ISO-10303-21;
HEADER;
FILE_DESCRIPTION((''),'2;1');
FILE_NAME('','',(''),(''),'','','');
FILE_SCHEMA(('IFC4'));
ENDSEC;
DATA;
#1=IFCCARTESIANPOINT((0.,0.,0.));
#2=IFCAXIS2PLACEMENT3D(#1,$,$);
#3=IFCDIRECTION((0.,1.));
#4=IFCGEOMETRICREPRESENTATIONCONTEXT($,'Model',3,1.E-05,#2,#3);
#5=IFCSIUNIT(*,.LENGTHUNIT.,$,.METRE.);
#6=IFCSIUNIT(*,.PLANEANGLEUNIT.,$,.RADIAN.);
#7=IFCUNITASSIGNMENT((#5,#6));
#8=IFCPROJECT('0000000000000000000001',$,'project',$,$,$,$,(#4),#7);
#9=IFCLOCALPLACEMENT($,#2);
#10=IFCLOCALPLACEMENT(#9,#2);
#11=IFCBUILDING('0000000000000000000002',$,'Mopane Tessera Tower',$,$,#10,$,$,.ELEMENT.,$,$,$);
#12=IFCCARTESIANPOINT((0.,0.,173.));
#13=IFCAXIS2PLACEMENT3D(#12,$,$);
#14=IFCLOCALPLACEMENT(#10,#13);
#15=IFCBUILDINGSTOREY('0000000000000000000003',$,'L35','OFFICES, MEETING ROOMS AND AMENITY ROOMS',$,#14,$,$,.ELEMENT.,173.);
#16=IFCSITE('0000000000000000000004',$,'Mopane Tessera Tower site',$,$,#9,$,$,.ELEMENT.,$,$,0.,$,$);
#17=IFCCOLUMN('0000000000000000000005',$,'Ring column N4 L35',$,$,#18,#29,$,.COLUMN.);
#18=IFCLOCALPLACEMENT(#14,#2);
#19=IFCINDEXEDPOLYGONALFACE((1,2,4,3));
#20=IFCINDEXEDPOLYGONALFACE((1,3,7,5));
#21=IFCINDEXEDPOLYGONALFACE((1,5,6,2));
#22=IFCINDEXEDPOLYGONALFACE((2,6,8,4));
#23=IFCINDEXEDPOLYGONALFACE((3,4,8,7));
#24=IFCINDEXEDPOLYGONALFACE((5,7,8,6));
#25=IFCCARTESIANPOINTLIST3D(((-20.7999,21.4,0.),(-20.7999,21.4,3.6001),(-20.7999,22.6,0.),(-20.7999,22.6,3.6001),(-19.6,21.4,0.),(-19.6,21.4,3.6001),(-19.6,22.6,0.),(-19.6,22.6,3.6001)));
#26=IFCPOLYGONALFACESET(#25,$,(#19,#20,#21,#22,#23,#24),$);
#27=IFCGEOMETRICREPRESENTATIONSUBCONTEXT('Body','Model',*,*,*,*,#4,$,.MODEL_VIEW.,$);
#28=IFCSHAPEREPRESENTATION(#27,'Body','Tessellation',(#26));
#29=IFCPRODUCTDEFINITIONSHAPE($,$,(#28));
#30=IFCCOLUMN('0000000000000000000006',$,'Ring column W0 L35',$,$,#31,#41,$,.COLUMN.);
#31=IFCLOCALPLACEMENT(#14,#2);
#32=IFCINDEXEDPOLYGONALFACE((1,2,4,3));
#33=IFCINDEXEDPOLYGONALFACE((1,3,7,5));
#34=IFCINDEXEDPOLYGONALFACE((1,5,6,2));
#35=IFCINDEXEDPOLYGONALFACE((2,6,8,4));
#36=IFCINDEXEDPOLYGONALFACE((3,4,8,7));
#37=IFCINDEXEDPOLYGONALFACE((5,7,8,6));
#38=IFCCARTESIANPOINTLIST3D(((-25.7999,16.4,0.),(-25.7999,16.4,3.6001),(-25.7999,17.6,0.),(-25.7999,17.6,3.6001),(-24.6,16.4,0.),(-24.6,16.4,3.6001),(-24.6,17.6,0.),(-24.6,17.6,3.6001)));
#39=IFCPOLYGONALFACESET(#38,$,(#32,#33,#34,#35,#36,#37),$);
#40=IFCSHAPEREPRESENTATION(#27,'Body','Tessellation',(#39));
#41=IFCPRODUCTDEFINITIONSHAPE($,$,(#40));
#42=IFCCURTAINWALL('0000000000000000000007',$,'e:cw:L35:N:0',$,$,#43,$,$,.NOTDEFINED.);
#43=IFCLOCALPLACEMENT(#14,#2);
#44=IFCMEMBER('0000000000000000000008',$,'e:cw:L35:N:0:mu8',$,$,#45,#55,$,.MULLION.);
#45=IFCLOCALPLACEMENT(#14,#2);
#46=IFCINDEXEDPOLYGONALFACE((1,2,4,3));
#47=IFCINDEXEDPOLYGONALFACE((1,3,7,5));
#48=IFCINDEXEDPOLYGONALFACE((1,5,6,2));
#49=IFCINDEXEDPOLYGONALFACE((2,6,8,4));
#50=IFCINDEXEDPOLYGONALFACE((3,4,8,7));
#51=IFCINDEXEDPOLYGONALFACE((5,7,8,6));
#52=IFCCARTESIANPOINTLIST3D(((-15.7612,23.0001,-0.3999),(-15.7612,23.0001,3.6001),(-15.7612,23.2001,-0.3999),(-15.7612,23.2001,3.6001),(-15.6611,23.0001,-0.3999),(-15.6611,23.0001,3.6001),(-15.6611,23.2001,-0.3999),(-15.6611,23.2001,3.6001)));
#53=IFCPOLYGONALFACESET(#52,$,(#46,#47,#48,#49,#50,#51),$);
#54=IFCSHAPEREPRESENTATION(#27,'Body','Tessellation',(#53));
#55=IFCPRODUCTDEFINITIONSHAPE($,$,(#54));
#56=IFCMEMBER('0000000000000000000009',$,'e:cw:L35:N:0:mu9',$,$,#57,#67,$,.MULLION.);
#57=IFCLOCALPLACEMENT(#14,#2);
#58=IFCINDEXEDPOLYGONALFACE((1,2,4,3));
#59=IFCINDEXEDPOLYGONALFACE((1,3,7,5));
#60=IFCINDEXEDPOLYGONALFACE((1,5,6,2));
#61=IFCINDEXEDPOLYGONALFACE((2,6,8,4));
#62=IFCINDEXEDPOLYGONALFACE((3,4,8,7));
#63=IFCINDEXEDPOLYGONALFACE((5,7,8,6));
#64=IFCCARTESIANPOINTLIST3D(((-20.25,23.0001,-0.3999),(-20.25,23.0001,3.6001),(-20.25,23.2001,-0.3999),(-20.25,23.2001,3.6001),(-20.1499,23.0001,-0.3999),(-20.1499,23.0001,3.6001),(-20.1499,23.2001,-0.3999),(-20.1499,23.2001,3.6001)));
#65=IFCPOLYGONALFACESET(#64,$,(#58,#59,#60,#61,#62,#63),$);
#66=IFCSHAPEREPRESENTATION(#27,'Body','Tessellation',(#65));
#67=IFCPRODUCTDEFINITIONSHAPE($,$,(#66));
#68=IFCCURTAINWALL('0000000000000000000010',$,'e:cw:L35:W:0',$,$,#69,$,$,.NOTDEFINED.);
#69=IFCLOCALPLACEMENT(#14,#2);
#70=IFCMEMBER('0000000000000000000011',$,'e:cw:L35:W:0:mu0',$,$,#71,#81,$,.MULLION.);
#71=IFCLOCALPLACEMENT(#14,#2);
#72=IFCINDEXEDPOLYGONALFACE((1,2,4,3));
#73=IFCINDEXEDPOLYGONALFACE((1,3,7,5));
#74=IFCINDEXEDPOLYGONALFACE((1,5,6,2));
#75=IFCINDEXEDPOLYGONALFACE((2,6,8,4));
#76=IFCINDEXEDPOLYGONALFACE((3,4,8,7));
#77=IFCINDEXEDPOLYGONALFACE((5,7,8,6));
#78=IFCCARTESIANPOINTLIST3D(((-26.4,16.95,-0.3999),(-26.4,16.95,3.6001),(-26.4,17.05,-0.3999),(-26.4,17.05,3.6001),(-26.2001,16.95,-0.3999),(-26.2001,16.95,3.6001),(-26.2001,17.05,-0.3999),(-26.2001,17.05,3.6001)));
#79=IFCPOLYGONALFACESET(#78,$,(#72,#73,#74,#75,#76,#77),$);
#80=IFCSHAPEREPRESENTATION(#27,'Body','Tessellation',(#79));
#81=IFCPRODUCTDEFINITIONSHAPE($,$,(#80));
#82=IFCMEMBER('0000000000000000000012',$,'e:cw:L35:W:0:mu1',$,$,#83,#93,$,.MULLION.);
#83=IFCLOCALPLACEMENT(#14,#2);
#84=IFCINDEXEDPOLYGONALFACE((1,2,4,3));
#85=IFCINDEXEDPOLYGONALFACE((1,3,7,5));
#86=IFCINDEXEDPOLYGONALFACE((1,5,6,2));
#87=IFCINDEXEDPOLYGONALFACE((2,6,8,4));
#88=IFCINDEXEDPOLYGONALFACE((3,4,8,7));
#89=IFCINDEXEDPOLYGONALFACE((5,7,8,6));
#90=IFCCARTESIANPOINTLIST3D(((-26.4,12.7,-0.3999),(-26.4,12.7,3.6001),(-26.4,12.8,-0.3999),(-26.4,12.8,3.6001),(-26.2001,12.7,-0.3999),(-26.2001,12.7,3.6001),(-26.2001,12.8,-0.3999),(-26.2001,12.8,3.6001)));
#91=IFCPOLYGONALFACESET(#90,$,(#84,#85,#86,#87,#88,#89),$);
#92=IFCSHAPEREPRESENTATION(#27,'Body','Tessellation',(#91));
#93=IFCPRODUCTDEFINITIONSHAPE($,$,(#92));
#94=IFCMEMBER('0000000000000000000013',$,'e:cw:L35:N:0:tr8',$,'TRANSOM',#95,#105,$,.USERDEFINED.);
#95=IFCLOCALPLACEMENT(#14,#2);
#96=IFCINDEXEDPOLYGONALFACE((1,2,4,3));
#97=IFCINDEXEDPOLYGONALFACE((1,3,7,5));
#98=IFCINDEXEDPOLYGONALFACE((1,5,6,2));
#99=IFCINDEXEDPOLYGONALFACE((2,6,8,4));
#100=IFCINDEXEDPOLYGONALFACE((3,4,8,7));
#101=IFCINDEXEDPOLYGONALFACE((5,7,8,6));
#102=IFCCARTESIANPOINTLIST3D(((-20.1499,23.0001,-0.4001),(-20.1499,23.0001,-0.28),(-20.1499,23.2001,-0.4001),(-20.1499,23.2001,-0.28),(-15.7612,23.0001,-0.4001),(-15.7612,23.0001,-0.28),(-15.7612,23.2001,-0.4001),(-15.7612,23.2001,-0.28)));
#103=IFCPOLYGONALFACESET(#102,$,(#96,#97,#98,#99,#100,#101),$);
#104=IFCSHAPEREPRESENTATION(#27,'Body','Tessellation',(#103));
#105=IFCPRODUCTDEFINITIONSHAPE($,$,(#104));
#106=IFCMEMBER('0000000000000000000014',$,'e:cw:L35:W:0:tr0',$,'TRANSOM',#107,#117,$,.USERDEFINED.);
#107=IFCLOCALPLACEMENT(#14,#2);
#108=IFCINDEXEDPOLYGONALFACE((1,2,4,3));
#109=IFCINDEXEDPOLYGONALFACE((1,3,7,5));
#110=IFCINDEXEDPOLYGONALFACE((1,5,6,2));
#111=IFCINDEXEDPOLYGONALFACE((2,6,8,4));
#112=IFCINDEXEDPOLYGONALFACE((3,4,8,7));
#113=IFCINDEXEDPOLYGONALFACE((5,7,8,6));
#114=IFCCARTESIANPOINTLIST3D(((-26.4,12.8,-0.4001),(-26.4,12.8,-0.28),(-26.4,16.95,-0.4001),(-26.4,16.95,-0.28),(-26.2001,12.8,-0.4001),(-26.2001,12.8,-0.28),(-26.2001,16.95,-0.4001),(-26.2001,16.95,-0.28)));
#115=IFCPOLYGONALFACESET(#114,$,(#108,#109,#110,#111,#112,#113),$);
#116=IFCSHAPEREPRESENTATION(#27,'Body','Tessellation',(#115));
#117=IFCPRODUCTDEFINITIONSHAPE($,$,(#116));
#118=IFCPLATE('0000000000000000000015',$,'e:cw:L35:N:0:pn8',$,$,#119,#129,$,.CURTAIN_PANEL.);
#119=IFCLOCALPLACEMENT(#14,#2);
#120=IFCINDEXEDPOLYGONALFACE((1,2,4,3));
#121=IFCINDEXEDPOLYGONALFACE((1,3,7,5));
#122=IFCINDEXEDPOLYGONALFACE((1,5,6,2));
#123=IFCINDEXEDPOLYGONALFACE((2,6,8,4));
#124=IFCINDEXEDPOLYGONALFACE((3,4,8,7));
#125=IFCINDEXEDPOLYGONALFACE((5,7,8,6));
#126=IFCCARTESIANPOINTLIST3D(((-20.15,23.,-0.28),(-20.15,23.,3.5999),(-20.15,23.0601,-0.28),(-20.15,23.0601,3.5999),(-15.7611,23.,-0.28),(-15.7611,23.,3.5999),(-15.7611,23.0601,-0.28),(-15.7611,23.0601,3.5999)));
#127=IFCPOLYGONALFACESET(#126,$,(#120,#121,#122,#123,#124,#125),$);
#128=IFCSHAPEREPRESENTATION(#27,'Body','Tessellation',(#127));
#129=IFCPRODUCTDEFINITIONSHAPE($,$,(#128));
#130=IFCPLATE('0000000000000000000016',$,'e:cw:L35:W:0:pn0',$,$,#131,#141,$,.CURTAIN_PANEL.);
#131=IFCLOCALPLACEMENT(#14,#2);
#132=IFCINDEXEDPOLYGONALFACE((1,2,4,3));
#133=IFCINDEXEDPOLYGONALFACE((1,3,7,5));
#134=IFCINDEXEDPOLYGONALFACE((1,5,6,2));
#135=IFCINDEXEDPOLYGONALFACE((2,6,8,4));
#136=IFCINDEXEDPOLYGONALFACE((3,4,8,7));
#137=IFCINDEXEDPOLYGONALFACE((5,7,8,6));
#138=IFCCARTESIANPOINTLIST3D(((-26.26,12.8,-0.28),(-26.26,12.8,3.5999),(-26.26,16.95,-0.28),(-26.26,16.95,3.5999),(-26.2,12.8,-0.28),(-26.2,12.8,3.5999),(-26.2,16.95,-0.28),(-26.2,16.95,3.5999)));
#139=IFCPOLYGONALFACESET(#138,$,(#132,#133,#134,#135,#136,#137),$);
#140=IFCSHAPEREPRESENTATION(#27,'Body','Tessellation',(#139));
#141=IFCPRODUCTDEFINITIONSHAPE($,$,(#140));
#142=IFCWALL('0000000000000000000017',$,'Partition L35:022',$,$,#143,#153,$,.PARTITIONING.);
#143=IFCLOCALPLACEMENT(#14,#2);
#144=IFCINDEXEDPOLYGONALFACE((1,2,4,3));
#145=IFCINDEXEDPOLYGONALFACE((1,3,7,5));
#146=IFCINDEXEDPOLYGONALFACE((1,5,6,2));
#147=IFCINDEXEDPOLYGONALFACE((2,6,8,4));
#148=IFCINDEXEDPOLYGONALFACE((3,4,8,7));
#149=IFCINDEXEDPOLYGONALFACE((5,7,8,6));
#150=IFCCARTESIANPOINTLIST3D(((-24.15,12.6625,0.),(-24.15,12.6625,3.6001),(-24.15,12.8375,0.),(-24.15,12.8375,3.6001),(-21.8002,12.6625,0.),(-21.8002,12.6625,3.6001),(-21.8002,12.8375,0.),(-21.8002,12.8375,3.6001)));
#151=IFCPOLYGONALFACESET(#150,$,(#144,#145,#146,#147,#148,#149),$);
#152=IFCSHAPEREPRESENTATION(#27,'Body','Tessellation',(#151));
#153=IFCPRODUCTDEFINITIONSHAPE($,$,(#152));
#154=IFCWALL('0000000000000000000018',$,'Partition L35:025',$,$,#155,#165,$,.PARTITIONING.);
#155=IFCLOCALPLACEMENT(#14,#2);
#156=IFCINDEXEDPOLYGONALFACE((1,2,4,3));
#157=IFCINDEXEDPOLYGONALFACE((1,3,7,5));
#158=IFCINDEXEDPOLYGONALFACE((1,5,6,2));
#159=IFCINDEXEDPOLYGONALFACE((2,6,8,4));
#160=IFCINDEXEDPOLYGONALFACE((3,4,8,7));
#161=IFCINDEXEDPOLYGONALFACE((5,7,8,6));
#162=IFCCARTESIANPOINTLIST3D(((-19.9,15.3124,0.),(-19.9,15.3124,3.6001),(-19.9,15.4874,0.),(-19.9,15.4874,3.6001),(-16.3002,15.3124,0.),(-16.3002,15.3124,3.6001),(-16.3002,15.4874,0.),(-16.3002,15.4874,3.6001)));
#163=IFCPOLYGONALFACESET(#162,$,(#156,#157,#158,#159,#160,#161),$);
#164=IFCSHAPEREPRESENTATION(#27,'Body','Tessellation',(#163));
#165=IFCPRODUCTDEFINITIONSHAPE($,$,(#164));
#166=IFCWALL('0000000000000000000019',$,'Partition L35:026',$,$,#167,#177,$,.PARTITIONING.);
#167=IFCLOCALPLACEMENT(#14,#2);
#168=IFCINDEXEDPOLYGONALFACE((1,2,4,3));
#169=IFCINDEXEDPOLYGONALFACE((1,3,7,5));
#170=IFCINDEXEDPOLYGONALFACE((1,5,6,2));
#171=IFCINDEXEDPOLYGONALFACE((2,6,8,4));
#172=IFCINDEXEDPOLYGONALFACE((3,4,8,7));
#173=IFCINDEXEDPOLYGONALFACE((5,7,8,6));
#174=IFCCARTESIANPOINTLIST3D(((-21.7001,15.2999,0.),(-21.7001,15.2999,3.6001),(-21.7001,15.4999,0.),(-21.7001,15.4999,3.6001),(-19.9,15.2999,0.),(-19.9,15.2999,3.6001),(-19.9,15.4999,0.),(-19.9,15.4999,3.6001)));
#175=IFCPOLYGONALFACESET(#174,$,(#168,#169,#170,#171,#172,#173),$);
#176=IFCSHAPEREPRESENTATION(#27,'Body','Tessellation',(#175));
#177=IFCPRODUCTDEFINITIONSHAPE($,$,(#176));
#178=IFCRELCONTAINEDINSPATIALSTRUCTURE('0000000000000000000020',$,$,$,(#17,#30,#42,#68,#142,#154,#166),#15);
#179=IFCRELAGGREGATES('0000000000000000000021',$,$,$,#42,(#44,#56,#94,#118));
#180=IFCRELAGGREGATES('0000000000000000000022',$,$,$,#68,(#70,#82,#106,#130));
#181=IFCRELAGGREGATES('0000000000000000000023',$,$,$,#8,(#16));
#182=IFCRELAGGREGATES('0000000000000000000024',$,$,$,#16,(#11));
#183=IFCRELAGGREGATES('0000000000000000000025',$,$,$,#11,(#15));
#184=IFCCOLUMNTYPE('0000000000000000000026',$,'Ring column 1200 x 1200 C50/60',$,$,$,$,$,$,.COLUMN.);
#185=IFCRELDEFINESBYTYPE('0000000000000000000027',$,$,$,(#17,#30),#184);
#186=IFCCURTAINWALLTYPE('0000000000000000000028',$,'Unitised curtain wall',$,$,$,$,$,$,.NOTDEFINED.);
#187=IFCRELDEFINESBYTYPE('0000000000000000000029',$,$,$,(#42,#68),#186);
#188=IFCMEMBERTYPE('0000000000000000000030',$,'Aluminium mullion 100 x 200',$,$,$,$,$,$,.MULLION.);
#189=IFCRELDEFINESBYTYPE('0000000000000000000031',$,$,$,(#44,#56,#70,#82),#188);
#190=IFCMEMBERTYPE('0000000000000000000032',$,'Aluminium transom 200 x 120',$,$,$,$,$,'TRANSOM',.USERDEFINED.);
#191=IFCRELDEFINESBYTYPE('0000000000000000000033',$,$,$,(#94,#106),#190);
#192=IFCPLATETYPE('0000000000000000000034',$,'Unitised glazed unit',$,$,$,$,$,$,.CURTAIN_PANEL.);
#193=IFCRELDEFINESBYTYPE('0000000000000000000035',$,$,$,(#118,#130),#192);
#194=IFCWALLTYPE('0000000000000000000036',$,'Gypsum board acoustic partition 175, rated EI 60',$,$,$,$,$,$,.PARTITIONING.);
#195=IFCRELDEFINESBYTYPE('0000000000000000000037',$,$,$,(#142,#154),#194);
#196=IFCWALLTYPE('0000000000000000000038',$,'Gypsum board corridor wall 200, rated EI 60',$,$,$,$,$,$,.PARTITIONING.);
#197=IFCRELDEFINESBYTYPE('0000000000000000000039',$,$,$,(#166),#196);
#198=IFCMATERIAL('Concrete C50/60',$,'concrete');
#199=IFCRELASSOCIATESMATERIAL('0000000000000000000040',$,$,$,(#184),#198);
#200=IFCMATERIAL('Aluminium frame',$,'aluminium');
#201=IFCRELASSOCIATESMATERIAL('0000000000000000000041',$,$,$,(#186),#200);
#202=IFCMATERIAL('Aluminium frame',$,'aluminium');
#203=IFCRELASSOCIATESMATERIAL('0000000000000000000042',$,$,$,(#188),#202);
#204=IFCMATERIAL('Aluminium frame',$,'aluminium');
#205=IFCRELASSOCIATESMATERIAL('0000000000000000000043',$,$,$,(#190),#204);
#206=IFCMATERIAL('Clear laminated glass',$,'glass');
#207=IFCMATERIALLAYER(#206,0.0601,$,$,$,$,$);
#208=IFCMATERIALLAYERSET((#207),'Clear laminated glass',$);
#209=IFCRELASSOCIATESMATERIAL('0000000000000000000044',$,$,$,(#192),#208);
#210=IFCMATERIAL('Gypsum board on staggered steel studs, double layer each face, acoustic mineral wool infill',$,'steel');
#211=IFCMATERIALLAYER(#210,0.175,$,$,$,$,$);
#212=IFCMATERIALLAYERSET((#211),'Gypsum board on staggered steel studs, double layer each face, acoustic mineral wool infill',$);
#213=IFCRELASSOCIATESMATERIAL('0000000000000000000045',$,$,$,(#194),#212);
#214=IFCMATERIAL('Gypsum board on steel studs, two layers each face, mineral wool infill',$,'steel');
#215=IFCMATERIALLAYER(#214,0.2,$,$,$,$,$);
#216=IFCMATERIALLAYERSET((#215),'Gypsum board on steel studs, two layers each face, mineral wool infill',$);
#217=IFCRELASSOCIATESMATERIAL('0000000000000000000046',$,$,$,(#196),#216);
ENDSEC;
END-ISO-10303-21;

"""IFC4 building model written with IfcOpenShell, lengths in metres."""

from ifc_helpers import new_model, si_unit, direction, frame, frame_2d, origin, origin_2d, place, context, subcontext, project, spatial, rectangle, extrude, material, layer, layer_set, material_profile, profile_set, type_object, element, aggregate, save


model = new_model("IFC4")

# Units and contexts
model_context = context("Model", 3, precision=1e-05, world=origin(), true_north=direction((0.0, 1.0)))
body_context = subcontext(model_context, "Body", "Model", "MODEL_VIEW")
ifc_project = project(units=[si_unit("LENGTHUNIT", "METRE"), si_unit("PLANEANGLEUNIT", "RADIAN")], contexts=[model_context])

# Site, building, storey
site_placement = place(None, origin())
site = spatial("IfcSite", under=ifc_project, at=site_placement, Name="Mopane Tessera Tower site", CompositionType="ELEMENT", RefElevation=0.0)
building_placement = place(site_placement, origin())
building = spatial("IfcBuilding", under=site, at=building_placement, Name="Mopane Tessera Tower", CompositionType="ELEMENT")
storey_placement = place(building_placement, frame((0.0, 0.0, 173.0)))
storey = spatial("IfcBuildingStorey", under=building, at=storey_placement, Name="L35", Description="OFFICES, MEETING ROOMS AND AMENITY ROOMS", CompositionType="ELEMENT", Elevation=173.0)

# Columns
ifc_material_1 = material(Name="Concrete C50/60", Category="concrete")
ifc_material_profile_1 = material_profile(ifc_material_1, rectangle(XDim=1.2, YDim=1.2, at=origin_2d()))
ifc_profile_set_1 = profile_set([ifc_material_profile_1], Name="Concrete C50/60")
column_type = type_object("IfcColumnType", Name="Ring column 1200 x 1200 C50/60", PredefinedType="COLUMN", material=ifc_profile_set_1)
for number, where, z_axis, x_axis, name in (
    (1, (-20.2, 22.0, 0.0), (0.0, 0.0, 1.0), (1.0, 0.0, 0.0), "Ring column N4 L35"),
    (2, (-25.2, 17.0, 0.0), (0.0, 0.0, 1.0), (1.0, 0.0, 0.0), "Ring column W0 L35"),
):
    element("IfcColumn", number, at=place(storey_placement, frame(where, z_axis=z_axis, x_axis=x_axis)), inside=storey, type_object=column_type, Name=name, PredefinedType="COLUMN", context=body_context, shape_type="SweptSolid", body=[
        extrude(rectangle(XDim=1.2, YDim=1.2, at=origin_2d()), origin(), (0.0, 0.0, 1.0), 3.6001),
    ])

# Curtain walls, members
ifc_material_2 = material(Name="Aluminium frame", Category="aluminium")
curtain_wall_type = type_object("IfcCurtainWallType", Name="Unitised curtain wall", PredefinedType="NOTDEFINED", material=ifc_material_2)
curtain_wall_1_placement = place(storey_placement, origin())
curtain_wall_1 = element("IfcCurtainWall", 3, at=curtain_wall_1_placement, inside=storey, type_object=curtain_wall_type, Name="e:cw:L35:N:0", PredefinedType="NOTDEFINED")
ifc_material_3 = material(Name="Aluminium frame", Category="aluminium")
ifc_material_profile_2 = material_profile(ifc_material_3, rectangle(XDim=0.1001, YDim=0.2, at=origin_2d()))
ifc_profile_set_2 = profile_set([ifc_material_profile_2], Name="Aluminium frame")
member_type_1 = type_object("IfcMemberType", Name="Aluminium mullion 100 x 200", PredefinedType="MULLION", material=ifc_profile_set_2)
member_1_placement = place(storey_placement, frame((-15.7112, 23.1001, -0.3999), z_axis=(0.0, 0.0, 1.0), x_axis=(-1.0, 0.0, 0.0)))
member_1 = element("IfcMember", 4, at=member_1_placement, type_object=member_type_1, Name="e:cw:L35:N:0:mu8", PredefinedType="MULLION", context=body_context, shape_type="SweptSolid", body=[
    extrude(rectangle(XDim=0.1001, YDim=0.2, at=origin_2d()), origin(), (0.0, 0.0, 1.0), 4.0),
])
member_2_placement = place(storey_placement, frame((-20.2, 23.1001, -0.3999), z_axis=(0.0, 0.0, 1.0), x_axis=(-1.0, 0.0, 0.0)))
member_2 = element("IfcMember", 5, at=member_2_placement, type_object=member_type_1, Name="e:cw:L35:N:0:mu9", PredefinedType="MULLION", context=body_context, shape_type="SweptSolid", body=[
    extrude(rectangle(XDim=0.1001, YDim=0.2, at=origin_2d()), origin(), (0.0, 0.0, 1.0), 4.0),
])
curtain_wall_2_placement = place(storey_placement, origin())
curtain_wall_2 = element("IfcCurtainWall", 6, at=curtain_wall_2_placement, inside=storey, type_object=curtain_wall_type, Name="e:cw:L35:W:0", PredefinedType="NOTDEFINED")
member_3_placement = place(storey_placement, frame((-26.3, 17.0, -0.3999), z_axis=(0.0, 0.0, 1.0), x_axis=(0.0, -1.0, 0.0)))
member_3 = element("IfcMember", 7, at=member_3_placement, type_object=member_type_1, Name="e:cw:L35:W:0:mu0", PredefinedType="MULLION", context=body_context, shape_type="SweptSolid", body=[
    extrude(rectangle(XDim=0.1001, YDim=0.2, at=origin_2d()), origin(), (0.0, 0.0, 1.0), 4.0),
])
member_4_placement = place(storey_placement, frame((-26.3, 12.75, -0.3999), z_axis=(0.0, 0.0, 1.0), x_axis=(0.0, -1.0, 0.0)))
member_4 = element("IfcMember", 8, at=member_4_placement, type_object=member_type_1, Name="e:cw:L35:W:0:mu1", PredefinedType="MULLION", context=body_context, shape_type="SweptSolid", body=[
    extrude(rectangle(XDim=0.1001, YDim=0.2, at=origin_2d()), origin(), (0.0, 0.0, 1.0), 4.0),
])

# Members
ifc_material_4 = material(Name="Aluminium frame", Category="aluminium")
ifc_material_profile_3 = material_profile(ifc_material_4, rectangle(XDim=0.2, YDim=0.1201, at=origin_2d()))
ifc_profile_set_3 = profile_set([ifc_material_profile_3], Name="Aluminium frame")
member_type_2 = type_object("IfcMemberType", Name="Aluminium transom 200 x 120", ElementType="TRANSOM", PredefinedType="USERDEFINED", material=ifc_profile_set_3)
member_5_placement = place(storey_placement, frame((-15.7612, 23.1001, -0.3401), z_axis=(-1.0, 0.0, 0.0), x_axis=(0.0, -1.0, 0.0)))
member_5 = element("IfcMember", 9, at=member_5_placement, type_object=member_type_2, Name="e:cw:L35:N:0:tr8", ObjectType="TRANSOM", PredefinedType="USERDEFINED", context=body_context, shape_type="SweptSolid", body=[
    extrude(rectangle(XDim=0.2, YDim=0.1201, at=origin_2d()), origin(), (0.0, 0.0, 1.0), 4.3887),
])
member_6_placement = place(storey_placement, frame((-26.3, 16.95, -0.3401), z_axis=(0.0, -1.0, 0.0), x_axis=(1.0, 0.0, 0.0)))
member_6 = element("IfcMember", 10, at=member_6_placement, type_object=member_type_2, Name="e:cw:L35:W:0:tr0", ObjectType="TRANSOM", PredefinedType="USERDEFINED", context=body_context, shape_type="SweptSolid", body=[
    extrude(rectangle(XDim=0.2, YDim=0.1201, at=origin_2d()), origin(), (0.0, 0.0, 1.0), 4.1499),
])

# Plates
ifc_material_5 = material(Name="Clear laminated glass", Category="glass")
ifc_layer_1 = layer(ifc_material_5, 0.0601)
ifc_layer_set_1 = layer_set([ifc_layer_1], Name="Clear laminated glass")
plate_type = type_object("IfcPlateType", Name="Unitised glazed unit", PredefinedType="CURTAIN_PANEL", material=ifc_layer_set_1)
plate_1_placement = place(storey_placement, frame((-17.9556, 23.03, -0.28), z_axis=(0.0, 0.0, 1.0), x_axis=(-1.0, 0.0, 0.0)))
plate_1 = element("IfcPlate", 11, at=plate_1_placement, type_object=plate_type, Name="e:cw:L35:N:0:pn8", PredefinedType="CURTAIN_PANEL", context=body_context, shape_type="SweptSolid", body=[
    extrude(rectangle(XDim=4.3889, YDim=0.0601, at=origin_2d()), origin(), (0.0, 0.0, 1.0), 3.8799),
])
aggregate(curtain_wall_1, [member_1, member_2, member_5, plate_1])
plate_2_placement = place(storey_placement, frame((-26.23, 14.875, -0.28), z_axis=(0.0, 0.0, 1.0), x_axis=(0.0, -1.0, 0.0)))
plate_2 = element("IfcPlate", 12, at=plate_2_placement, type_object=plate_type, Name="e:cw:L35:W:0:pn0", PredefinedType="CURTAIN_PANEL", context=body_context, shape_type="SweptSolid", body=[
    extrude(rectangle(XDim=4.1499, YDim=0.0601, at=origin_2d()), origin(), (0.0, 0.0, 1.0), 3.8799),
])
aggregate(curtain_wall_2, [member_3, member_4, member_6, plate_2])

# Walls
ifc_material_6 = material(Name="Gypsum board on staggered steel studs, double layer each face, acoustic mineral wool infill", Category="steel")
ifc_layer_2 = layer(ifc_material_6, 0.175)
ifc_layer_set_2 = layer_set([ifc_layer_2], Name="Gypsum board on staggered steel studs, double layer each face, acoustic mineral wool infill")
wall_type_1 = type_object("IfcWallType", Name="Gypsum board acoustic partition 175, rated EI 60", PredefinedType="PARTITIONING", material=ifc_layer_set_2)
wall_1_placement = place(storey_placement, frame((-24.1499, 12.75, 0.0), z_axis=(0.0, 0.0, 1.0), x_axis=(1.0, 0.0, 0.0)))
element("IfcWall", 13, at=wall_1_placement, inside=storey, type_object=wall_type_1, Name="Partition L35:022", PredefinedType="PARTITIONING", context=body_context, shape_type="SweptSolid", body=[
    extrude(rectangle(XDim=2.3499, YDim=0.175, at=frame_2d((1.1748, 0.0))), origin(), (0.0, 0.0, 1.0), 3.6001),
])
wall_2_placement = place(storey_placement, frame((-19.8999, 15.3999, 0.0), z_axis=(0.0, 0.0, 1.0), x_axis=(1.0, 0.0, 0.0)))
element("IfcWall", 14, at=wall_2_placement, inside=storey, type_object=wall_type_1, Name="Partition L35:025", PredefinedType="PARTITIONING", context=body_context, shape_type="SweptSolid", body=[
    extrude(rectangle(XDim=3.5999, YDim=0.175, at=frame_2d((1.7998, 0.0))), origin(), (0.0, 0.0, 1.0), 3.6001),
])
ifc_material_7 = material(Name="Gypsum board on steel studs, two layers each face, mineral wool infill", Category="steel")
ifc_layer_3 = layer(ifc_material_7, 0.2)
ifc_layer_set_3 = layer_set([ifc_layer_3], Name="Gypsum board on steel studs, two layers each face, mineral wool infill")
wall_type_2 = type_object("IfcWallType", Name="Gypsum board corridor wall 200, rated EI 60", PredefinedType="PARTITIONING", material=ifc_layer_set_3)
wall_3_placement = place(storey_placement, frame((-21.7, 15.3999, 0.0), z_axis=(0.0, 0.0, 1.0), x_axis=(1.0, 0.0, 0.0)))
element("IfcWall", 15, at=wall_3_placement, inside=storey, type_object=wall_type_2, Name="Partition L35:026", PredefinedType="PARTITIONING", context=body_context, shape_type="SweptSolid", body=[
    extrude(rectangle(XDim=1.8, YDim=0.2, at=frame_2d((0.8999, 0.0))), origin(), (0.0, 0.0, 1.0), 3.6001),
])

save(model, "model.ifc")
